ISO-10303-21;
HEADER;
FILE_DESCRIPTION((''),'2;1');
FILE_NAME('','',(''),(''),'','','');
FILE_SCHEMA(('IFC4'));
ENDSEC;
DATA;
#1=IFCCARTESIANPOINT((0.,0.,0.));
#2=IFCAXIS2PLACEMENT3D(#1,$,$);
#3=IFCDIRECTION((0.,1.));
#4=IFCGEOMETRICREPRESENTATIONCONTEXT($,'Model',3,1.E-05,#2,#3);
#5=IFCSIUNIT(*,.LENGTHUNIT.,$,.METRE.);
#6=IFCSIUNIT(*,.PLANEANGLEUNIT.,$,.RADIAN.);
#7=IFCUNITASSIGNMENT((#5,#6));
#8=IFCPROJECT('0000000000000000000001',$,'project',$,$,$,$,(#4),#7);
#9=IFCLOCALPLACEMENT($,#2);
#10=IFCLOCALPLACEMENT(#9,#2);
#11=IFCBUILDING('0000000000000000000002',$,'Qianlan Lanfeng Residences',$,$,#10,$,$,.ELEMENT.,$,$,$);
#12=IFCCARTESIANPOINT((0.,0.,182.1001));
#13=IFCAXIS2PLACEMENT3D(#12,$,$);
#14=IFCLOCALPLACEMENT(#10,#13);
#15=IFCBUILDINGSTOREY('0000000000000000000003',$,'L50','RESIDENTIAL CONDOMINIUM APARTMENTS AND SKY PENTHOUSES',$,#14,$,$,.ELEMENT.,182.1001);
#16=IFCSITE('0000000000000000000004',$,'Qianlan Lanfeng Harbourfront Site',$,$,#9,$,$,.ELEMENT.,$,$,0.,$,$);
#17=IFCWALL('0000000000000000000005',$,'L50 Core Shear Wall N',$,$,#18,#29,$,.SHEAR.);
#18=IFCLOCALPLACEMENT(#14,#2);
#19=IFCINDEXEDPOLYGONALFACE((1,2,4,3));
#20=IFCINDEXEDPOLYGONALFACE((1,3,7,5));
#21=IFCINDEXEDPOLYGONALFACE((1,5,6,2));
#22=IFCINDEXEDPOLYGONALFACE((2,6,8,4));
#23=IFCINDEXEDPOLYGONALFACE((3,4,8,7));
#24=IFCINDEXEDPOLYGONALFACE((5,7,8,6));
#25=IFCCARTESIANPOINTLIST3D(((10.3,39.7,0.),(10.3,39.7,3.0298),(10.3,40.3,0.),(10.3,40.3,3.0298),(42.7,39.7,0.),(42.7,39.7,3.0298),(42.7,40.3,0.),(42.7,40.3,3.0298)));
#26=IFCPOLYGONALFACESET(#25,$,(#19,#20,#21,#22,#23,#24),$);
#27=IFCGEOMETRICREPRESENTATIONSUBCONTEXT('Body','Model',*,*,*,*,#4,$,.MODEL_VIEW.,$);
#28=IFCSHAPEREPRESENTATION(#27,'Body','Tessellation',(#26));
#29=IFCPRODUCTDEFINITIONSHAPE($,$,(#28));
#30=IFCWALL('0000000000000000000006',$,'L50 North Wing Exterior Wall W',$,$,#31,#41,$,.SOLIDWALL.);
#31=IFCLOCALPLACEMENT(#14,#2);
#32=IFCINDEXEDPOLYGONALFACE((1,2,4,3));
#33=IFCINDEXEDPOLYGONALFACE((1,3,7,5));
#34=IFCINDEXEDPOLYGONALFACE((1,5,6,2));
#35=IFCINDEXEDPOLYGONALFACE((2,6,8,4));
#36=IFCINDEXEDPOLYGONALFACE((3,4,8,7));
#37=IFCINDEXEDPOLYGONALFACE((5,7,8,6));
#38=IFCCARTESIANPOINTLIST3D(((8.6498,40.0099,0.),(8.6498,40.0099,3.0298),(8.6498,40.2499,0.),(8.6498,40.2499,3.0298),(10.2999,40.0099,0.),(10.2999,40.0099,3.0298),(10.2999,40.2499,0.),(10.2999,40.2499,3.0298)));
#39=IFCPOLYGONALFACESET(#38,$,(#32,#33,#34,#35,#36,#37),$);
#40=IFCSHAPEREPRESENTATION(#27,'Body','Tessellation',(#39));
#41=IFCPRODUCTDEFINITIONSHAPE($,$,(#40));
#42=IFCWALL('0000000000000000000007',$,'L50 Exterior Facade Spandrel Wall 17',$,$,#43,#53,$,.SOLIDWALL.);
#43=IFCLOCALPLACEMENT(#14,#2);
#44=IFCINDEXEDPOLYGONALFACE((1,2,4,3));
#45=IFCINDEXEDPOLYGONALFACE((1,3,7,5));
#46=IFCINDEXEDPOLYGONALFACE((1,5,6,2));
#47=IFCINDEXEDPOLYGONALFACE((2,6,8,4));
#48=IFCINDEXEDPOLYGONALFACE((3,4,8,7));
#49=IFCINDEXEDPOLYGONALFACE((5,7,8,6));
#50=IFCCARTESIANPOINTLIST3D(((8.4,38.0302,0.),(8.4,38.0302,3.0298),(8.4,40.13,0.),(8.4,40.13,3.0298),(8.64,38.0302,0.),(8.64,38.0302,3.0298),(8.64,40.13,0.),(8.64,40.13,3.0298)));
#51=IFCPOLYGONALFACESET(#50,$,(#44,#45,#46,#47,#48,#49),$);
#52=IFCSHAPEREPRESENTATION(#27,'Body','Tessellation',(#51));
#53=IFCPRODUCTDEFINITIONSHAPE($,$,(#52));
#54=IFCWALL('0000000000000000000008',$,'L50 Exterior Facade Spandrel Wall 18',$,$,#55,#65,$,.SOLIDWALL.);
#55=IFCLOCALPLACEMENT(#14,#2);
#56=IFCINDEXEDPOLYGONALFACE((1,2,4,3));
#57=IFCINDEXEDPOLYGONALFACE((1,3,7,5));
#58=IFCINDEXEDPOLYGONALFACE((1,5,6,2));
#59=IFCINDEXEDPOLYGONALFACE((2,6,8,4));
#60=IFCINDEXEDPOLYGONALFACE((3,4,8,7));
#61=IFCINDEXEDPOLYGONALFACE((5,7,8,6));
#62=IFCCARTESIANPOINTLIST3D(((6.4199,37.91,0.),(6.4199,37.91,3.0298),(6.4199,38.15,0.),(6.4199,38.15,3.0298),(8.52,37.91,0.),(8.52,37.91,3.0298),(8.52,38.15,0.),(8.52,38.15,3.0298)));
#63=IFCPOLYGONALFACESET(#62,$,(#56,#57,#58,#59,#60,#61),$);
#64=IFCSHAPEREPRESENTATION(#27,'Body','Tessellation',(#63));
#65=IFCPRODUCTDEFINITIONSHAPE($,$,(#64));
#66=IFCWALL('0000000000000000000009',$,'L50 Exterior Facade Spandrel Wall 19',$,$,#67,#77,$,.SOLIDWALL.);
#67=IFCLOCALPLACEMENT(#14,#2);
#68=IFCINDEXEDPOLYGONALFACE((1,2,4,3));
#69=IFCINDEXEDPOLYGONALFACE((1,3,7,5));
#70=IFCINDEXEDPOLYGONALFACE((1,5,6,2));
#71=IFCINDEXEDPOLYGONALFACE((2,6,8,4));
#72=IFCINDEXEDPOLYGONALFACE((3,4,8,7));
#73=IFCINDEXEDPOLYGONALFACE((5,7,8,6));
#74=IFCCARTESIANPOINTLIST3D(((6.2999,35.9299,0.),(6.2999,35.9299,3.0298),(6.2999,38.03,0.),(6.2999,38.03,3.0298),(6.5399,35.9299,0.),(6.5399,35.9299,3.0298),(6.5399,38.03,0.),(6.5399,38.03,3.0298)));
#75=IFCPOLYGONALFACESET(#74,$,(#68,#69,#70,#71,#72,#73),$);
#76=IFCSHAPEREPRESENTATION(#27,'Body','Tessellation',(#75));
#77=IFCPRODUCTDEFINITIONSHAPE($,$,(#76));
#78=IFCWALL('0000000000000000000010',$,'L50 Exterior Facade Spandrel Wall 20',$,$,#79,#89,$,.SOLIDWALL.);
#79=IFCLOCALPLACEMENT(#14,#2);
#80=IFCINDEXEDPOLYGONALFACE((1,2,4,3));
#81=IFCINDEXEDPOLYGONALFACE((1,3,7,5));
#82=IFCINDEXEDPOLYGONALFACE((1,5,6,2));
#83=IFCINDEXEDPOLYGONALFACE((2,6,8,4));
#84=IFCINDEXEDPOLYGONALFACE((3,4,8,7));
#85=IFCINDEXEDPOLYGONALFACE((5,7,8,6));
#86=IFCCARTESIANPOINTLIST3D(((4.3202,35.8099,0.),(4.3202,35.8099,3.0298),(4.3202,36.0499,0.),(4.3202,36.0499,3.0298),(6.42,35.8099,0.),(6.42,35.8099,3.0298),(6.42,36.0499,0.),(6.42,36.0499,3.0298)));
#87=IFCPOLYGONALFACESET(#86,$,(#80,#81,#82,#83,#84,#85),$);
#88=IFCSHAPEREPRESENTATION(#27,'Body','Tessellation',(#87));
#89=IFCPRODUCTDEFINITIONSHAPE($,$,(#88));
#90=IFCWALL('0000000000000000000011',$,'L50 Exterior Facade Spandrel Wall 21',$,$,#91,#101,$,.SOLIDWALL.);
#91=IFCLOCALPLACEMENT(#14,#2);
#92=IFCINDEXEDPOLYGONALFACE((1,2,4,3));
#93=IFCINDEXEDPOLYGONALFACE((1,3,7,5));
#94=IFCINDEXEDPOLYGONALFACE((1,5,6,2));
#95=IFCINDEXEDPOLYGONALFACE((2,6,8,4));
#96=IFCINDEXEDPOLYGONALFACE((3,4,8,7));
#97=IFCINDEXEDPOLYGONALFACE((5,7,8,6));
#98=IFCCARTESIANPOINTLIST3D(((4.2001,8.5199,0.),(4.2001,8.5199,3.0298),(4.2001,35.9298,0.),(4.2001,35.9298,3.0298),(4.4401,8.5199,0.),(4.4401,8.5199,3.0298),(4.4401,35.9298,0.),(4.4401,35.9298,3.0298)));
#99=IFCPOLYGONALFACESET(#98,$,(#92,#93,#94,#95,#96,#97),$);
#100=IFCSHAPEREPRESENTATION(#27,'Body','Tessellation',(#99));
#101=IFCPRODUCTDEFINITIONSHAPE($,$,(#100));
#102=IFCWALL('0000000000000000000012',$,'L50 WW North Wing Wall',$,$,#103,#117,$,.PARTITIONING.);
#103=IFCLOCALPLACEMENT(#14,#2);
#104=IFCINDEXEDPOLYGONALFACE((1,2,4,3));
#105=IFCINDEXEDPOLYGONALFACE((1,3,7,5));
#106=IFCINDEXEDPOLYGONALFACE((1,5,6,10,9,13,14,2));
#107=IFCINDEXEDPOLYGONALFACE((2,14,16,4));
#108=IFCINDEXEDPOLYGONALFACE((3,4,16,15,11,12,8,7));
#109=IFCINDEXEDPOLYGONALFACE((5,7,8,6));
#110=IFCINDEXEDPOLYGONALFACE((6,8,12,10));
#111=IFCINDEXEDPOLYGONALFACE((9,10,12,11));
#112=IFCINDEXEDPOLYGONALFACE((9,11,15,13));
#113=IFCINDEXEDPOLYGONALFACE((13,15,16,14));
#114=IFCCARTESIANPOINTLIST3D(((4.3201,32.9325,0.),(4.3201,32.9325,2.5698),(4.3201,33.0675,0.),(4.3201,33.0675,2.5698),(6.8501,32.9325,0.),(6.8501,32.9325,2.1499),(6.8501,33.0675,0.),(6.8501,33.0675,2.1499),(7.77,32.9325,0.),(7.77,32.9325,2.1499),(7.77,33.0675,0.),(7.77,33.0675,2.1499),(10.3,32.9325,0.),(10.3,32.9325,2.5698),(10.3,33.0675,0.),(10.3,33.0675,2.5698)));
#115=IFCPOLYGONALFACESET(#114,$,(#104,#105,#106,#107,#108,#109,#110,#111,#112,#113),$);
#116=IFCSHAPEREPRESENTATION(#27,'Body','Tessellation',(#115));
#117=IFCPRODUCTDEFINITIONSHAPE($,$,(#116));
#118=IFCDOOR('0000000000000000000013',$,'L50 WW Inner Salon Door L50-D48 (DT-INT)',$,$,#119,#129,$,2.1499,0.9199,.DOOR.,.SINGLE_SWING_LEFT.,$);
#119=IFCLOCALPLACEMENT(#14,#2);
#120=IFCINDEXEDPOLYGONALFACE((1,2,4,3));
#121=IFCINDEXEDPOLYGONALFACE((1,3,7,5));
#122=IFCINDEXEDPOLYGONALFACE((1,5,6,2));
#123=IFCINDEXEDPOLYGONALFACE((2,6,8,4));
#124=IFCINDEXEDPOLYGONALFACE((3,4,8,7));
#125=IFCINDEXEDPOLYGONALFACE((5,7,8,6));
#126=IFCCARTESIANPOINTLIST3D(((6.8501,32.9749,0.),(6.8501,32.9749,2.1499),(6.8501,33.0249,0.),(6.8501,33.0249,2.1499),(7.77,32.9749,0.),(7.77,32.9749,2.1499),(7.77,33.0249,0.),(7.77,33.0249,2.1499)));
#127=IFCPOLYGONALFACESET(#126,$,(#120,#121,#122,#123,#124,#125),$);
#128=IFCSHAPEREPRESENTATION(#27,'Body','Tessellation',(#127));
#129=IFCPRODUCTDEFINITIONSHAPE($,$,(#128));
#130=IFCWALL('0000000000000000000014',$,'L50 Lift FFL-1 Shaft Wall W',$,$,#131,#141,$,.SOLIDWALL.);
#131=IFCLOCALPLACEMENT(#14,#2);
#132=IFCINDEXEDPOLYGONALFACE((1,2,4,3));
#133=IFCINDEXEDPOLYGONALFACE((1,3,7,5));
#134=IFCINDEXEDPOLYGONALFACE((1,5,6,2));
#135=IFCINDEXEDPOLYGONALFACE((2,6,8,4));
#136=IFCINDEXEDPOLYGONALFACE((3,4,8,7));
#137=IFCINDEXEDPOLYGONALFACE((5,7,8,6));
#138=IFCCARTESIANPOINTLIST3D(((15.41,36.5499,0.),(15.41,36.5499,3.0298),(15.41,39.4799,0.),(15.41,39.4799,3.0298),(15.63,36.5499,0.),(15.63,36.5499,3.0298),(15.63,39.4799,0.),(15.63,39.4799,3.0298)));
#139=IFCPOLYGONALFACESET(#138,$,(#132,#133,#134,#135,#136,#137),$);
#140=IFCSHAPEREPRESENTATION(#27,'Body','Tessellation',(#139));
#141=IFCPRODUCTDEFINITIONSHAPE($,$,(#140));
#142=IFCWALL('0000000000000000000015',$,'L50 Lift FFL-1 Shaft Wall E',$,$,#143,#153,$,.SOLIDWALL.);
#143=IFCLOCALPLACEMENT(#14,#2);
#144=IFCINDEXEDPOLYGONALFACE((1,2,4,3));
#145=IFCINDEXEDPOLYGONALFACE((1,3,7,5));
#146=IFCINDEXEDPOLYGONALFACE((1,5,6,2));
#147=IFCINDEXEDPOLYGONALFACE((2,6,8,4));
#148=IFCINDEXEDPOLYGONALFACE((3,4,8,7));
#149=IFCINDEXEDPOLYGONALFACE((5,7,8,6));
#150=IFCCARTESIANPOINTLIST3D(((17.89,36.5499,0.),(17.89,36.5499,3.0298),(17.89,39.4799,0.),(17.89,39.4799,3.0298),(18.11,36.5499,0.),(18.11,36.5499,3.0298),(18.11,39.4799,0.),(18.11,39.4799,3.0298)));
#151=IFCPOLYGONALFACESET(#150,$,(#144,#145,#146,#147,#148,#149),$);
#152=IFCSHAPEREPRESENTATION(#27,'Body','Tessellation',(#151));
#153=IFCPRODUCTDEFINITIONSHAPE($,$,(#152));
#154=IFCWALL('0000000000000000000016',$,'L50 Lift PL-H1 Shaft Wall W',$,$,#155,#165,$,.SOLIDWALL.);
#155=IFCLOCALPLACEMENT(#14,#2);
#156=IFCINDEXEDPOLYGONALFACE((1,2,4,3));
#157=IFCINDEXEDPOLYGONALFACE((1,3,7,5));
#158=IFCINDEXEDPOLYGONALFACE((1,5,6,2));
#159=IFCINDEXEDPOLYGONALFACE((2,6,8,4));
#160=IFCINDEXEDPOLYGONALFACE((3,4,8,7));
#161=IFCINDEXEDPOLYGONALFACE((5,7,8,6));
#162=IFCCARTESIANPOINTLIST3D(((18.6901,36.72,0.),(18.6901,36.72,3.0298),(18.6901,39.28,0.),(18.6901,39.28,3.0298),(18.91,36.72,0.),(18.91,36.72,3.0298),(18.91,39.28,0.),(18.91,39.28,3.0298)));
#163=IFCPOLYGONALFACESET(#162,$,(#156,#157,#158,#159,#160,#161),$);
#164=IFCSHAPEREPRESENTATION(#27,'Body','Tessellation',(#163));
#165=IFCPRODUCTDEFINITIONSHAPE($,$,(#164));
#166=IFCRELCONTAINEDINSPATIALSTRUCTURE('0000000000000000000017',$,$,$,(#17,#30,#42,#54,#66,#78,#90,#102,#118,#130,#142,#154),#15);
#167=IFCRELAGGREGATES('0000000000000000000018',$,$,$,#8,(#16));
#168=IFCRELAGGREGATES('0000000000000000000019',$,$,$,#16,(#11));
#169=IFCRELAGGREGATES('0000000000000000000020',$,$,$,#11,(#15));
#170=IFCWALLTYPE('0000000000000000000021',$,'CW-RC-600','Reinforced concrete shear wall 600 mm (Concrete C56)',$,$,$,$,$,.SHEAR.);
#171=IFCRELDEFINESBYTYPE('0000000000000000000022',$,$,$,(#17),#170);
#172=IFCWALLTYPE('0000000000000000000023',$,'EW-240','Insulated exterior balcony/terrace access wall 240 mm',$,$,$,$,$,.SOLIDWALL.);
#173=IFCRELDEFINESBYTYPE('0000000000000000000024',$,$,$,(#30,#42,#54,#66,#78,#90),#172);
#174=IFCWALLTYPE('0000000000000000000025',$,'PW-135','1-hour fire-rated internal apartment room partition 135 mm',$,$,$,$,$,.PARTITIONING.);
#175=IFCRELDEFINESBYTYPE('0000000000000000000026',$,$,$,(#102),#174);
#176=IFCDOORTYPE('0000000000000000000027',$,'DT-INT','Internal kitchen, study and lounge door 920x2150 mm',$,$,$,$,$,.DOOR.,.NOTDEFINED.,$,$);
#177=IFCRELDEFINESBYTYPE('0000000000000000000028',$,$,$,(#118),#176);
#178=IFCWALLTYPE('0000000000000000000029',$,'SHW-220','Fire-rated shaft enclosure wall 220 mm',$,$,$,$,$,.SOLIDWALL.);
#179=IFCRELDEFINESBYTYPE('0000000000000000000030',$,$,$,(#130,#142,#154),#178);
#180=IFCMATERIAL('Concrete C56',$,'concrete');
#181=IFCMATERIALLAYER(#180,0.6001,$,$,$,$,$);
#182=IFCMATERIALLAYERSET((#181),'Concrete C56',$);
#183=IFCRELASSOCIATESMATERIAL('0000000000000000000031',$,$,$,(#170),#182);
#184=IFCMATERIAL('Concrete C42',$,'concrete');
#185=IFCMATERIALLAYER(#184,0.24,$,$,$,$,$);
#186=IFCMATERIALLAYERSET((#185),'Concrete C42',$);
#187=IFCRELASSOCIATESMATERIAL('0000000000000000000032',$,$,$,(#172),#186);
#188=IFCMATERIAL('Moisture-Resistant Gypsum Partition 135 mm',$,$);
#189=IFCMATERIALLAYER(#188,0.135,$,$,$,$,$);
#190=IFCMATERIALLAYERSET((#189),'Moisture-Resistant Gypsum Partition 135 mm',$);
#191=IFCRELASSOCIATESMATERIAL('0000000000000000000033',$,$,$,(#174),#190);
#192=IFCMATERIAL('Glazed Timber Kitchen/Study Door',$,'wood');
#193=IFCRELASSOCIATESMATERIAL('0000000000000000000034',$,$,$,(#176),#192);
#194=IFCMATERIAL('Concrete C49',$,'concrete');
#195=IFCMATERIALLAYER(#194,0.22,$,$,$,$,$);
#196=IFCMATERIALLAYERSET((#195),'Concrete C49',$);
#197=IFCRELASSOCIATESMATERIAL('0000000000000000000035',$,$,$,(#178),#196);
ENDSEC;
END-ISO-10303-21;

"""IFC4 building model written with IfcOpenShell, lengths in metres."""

from ifc_helpers import new_model, si_unit, direction, frame, frame_2d, origin, place, context, subcontext, project, spatial, rectangle, extrude, material, layer, layer_set, type_object, element, fill, save


model = new_model("IFC4")

# Units and contexts
model_context = context("Model", 3, precision=1e-05, world=origin(), true_north=direction((0.0, 1.0)))
body_context = subcontext(model_context, "Body", "Model", "MODEL_VIEW")
ifc_project = project(units=[si_unit("LENGTHUNIT", "METRE"), si_unit("PLANEANGLEUNIT", "RADIAN")], contexts=[model_context])

# Site, building, storey
site_placement = place(None, origin())
site = spatial("IfcSite", under=ifc_project, at=site_placement, Name="Qianlan Lanfeng Harbourfront Site", CompositionType="ELEMENT", RefElevation=0.0)
building_placement = place(site_placement, origin())
building = spatial("IfcBuilding", under=site, at=building_placement, Name="Qianlan Lanfeng Residences", CompositionType="ELEMENT")
storey_placement = place(building_placement, frame((0.0, 0.0, 182.1001)))
storey = spatial("IfcBuildingStorey", under=building, at=storey_placement, Name="L50", Description="RESIDENTIAL CONDOMINIUM APARTMENTS AND SKY PENTHOUSES", CompositionType="ELEMENT", Elevation=182.1001)

# Shared definitions
ifc_material_1 = material(Name="Concrete C56", Category="concrete")

# Walls
ifc_layer_1 = layer(ifc_material_1, 0.6001)
ifc_layer_set_1 = layer_set([ifc_layer_1], Name="Concrete C56")
wall_type_1 = type_object("IfcWallType", Name="CW-RC-600", Description="Reinforced concrete shear wall 600 mm (Concrete C56)", PredefinedType="SHEAR", material=ifc_layer_set_1)
wall_1_placement = place(storey_placement, frame((10.3, 40.0, 0.0), z_axis=(0.0, 0.0, 1.0), x_axis=(1.0, 0.0, 0.0)))
element("IfcWall", 1, at=wall_1_placement, inside=storey, type_object=wall_type_1, Name="L50 Core Shear Wall N", PredefinedType="SHEAR", context=body_context, shape_type="SweptSolid", body=[
    extrude(rectangle(XDim=32.3999, YDim=0.6001, at=frame_2d((16.2, 0.0))), origin(), (0.0, 0.0, 1.0), 3.0298),
])
ifc_material_2 = material(Name="Concrete C42", Category="concrete")
ifc_layer_2 = layer(ifc_material_2, 0.24)
ifc_layer_set_2 = layer_set([ifc_layer_2], Name="Concrete C42")
wall_type_2 = type_object("IfcWallType", Name="EW-240", Description="Insulated exterior balcony/terrace access wall 240 mm", PredefinedType="SOLIDWALL", material=ifc_layer_set_2)
wall_2_placement = place(storey_placement, frame((10.3, 40.1299, 0.0), z_axis=(0.0, 0.0, 1.0), x_axis=(-1.0, 0.0, 0.0)))
element("IfcWall", 2, at=wall_2_placement, inside=storey, type_object=wall_type_2, Name="L50 North Wing Exterior Wall W", PredefinedType="SOLIDWALL", context=body_context, shape_type="SweptSolid", body=[
    extrude(rectangle(XDim=1.6501, YDim=0.24, at=frame_2d((0.8252, 0.0))), origin(), (0.0, 0.0, 1.0), 3.0298),
])
wall_3_placement = place(storey_placement, frame((8.52, 40.1299, 0.0), z_axis=(0.0, 0.0, 1.0), x_axis=(0.0, -1.0, 0.0)))
element("IfcWall", 3, at=wall_3_placement, inside=storey, type_object=wall_type_2, Name="L50 Exterior Facade Spandrel Wall 17", PredefinedType="SOLIDWALL", context=body_context, shape_type="SweptSolid", body=[
    extrude(rectangle(XDim=2.0999, YDim=0.24, at=frame_2d((1.0498, 0.0))), origin(), (0.0, 0.0, 1.0), 3.0298),
])
for number, where, z_axis, x_axis, name in (
    (4, (8.52, 38.03, 0.0), (0.0, 0.0, 1.0), (-1.0, 0.0, 0.0), "L50 Exterior Facade Spandrel Wall 18"),
    (5, (6.4199, 38.03, 0.0), (0.0, 0.0, 1.0), (0.0, -1.0, 0.0), "L50 Exterior Facade Spandrel Wall 19"),
):
    element("IfcWall", number, at=place(storey_placement, frame(where, z_axis=z_axis, x_axis=x_axis)), inside=storey, type_object=wall_type_2, Name=name, PredefinedType="SOLIDWALL", context=body_context, shape_type="SweptSolid", body=[
        extrude(rectangle(XDim=2.1001, YDim=0.24, at=frame_2d((1.05, 0.0))), origin(), (0.0, 0.0, 1.0), 3.0298),
    ])
wall_4_placement = place(storey_placement, frame((6.4199, 35.9299, 0.0), z_axis=(0.0, 0.0, 1.0), x_axis=(-1.0, 0.0, 0.0)))
element("IfcWall", 6, at=wall_4_placement, inside=storey, type_object=wall_type_2, Name="L50 Exterior Facade Spandrel Wall 20", PredefinedType="SOLIDWALL", context=body_context, shape_type="SweptSolid", body=[
    extrude(rectangle(XDim=2.0999, YDim=0.24, at=frame_2d((1.0498, 0.0))), origin(), (0.0, 0.0, 1.0), 3.0298),
])
wall_5_placement = place(storey_placement, frame((4.3201, 35.9299, 0.0), z_axis=(0.0, 0.0, 1.0), x_axis=(0.0, -1.0, 0.0)))
element("IfcWall", 7, at=wall_5_placement, inside=storey, type_object=wall_type_2, Name="L50 Exterior Facade Spandrel Wall 21", PredefinedType="SOLIDWALL", context=body_context, shape_type="SweptSolid", body=[
    extrude(rectangle(XDim=27.4099, YDim=0.24, at=frame_2d((13.7051, 0.0))), origin(), (0.0, 0.0, 1.0), 3.0298),
])

# Wall, opening, door
ifc_material_3 = material(Name="Moisture-Resistant Gypsum Partition 135 mm")
ifc_layer_3 = layer(ifc_material_3, 0.135)
ifc_layer_set_3 = layer_set([ifc_layer_3], Name="Moisture-Resistant Gypsum Partition 135 mm")
wall_type_3 = type_object("IfcWallType", Name="PW-135", Description="1-hour fire-rated internal apartment room partition 135 mm", PredefinedType="PARTITIONING", material=ifc_layer_set_3)
wall_6_placement = place(storey_placement, frame((4.3201, 33.0, 0.0), z_axis=(0.0, 0.0, 1.0), x_axis=(1.0, 0.0, 0.0)))
wall_6 = element("IfcWall", 8, at=wall_6_placement, inside=storey, type_object=wall_type_3, Name="L50 WW North Wing Wall", PredefinedType="PARTITIONING", context=body_context, shape_type="SweptSolid", body=[
    extrude(rectangle(XDim=5.98, YDim=0.135, at=frame_2d((2.99, 0.0))), origin(), (0.0, 0.0, 1.0), 2.5698),
])
opening_1_placement = place(wall_6_placement, frame((2.53, 0.0, 0.0)))
opening_1 = element("IfcOpeningElement", 9, at=opening_1_placement, cuts=wall_6, PredefinedType="OPENING", context=body_context, shape_type="SweptSolid", body=[
    extrude(rectangle(XDim=0.9199, YDim=2.1499, at=frame_2d((0.46, 1.075))), frame((0.0, 0.0776, 0.0), z_axis=(0.0, -1.0, 0.0), x_axis=(1.0, 0.0, 0.0)), (0.0, 0.0, 1.0), 0.155),
])
ifc_material_4 = material(Name="Glazed Timber Kitchen/Study Door", Category="wood")
door_type_1 = type_object("IfcDoorType", Name="DT-INT", Description="Internal kitchen, study and lounge door 920x2150 mm", OperationType="NOTDEFINED", PredefinedType="DOOR", material=ifc_material_4)
door_1_placement = place(opening_1_placement, origin())
door_1 = element("IfcDoor", 10, at=door_1_placement, inside=storey, type_object=door_type_1, Name="L50 WW Inner Salon Door L50-D48 (DT-INT)", OperationType="SINGLE_SWING_LEFT", OverallHeight=2.1499, OverallWidth=0.9199, PredefinedType="DOOR", context=body_context, shape_type="SweptSolid", body=[
    extrude(rectangle(XDim=0.9199, YDim=2.1499, at=frame_2d((0.46, 1.075))), frame((0.0, 0.0249, 0.0), z_axis=(0.0, -1.0, 0.0), x_axis=(1.0, 0.0, 0.0)), (0.0, 0.0, 1.0), 0.05),
])
fill(opening_1, door_1)

# Walls
ifc_material_5 = material(Name="Concrete C49", Category="concrete")
ifc_layer_4 = layer(ifc_material_5, 0.22)
ifc_layer_set_4 = layer_set([ifc_layer_4], Name="Concrete C49")
wall_type_4 = type_object("IfcWallType", Name="SHW-220", Description="Fire-rated shaft enclosure wall 220 mm", PredefinedType="SOLIDWALL", material=ifc_layer_set_4)
for number, where, z_axis, x_axis, name in (
    (11, (15.52, 36.55, 0.0), (0.0, 0.0, 1.0), (0.0, 1.0, 0.0), "L50 Lift FFL-1 Shaft Wall W"),
    (12, (18.0, 36.55, 0.0), (0.0, 0.0, 1.0), (0.0, 1.0, 0.0), "L50 Lift FFL-1 Shaft Wall E"),
):
    element("IfcWall", number, at=place(storey_placement, frame(where, z_axis=z_axis, x_axis=x_axis)), inside=storey, type_object=wall_type_4, Name=name, PredefinedType="SOLIDWALL", context=body_context, shape_type="SweptSolid", body=[
        extrude(rectangle(XDim=2.9299, YDim=0.22, at=frame_2d((1.4648, 0.0))), origin(), (0.0, 0.0, 1.0), 3.0298),
    ])
wall_7_placement = place(storey_placement, frame((18.8, 36.72, 0.0), z_axis=(0.0, 0.0, 1.0), x_axis=(0.0, 1.0, 0.0)))
element("IfcWall", 13, at=wall_7_placement, inside=storey, type_object=wall_type_4, Name="L50 Lift PL-H1 Shaft Wall W", PredefinedType="SOLIDWALL", context=body_context, shape_type="SweptSolid", body=[
    extrude(rectangle(XDim=2.5601, YDim=0.22, at=frame_2d((1.28, 0.0))), origin(), (0.0, 0.0, 1.0), 3.0298),
])

save(model, "model.ifc")
